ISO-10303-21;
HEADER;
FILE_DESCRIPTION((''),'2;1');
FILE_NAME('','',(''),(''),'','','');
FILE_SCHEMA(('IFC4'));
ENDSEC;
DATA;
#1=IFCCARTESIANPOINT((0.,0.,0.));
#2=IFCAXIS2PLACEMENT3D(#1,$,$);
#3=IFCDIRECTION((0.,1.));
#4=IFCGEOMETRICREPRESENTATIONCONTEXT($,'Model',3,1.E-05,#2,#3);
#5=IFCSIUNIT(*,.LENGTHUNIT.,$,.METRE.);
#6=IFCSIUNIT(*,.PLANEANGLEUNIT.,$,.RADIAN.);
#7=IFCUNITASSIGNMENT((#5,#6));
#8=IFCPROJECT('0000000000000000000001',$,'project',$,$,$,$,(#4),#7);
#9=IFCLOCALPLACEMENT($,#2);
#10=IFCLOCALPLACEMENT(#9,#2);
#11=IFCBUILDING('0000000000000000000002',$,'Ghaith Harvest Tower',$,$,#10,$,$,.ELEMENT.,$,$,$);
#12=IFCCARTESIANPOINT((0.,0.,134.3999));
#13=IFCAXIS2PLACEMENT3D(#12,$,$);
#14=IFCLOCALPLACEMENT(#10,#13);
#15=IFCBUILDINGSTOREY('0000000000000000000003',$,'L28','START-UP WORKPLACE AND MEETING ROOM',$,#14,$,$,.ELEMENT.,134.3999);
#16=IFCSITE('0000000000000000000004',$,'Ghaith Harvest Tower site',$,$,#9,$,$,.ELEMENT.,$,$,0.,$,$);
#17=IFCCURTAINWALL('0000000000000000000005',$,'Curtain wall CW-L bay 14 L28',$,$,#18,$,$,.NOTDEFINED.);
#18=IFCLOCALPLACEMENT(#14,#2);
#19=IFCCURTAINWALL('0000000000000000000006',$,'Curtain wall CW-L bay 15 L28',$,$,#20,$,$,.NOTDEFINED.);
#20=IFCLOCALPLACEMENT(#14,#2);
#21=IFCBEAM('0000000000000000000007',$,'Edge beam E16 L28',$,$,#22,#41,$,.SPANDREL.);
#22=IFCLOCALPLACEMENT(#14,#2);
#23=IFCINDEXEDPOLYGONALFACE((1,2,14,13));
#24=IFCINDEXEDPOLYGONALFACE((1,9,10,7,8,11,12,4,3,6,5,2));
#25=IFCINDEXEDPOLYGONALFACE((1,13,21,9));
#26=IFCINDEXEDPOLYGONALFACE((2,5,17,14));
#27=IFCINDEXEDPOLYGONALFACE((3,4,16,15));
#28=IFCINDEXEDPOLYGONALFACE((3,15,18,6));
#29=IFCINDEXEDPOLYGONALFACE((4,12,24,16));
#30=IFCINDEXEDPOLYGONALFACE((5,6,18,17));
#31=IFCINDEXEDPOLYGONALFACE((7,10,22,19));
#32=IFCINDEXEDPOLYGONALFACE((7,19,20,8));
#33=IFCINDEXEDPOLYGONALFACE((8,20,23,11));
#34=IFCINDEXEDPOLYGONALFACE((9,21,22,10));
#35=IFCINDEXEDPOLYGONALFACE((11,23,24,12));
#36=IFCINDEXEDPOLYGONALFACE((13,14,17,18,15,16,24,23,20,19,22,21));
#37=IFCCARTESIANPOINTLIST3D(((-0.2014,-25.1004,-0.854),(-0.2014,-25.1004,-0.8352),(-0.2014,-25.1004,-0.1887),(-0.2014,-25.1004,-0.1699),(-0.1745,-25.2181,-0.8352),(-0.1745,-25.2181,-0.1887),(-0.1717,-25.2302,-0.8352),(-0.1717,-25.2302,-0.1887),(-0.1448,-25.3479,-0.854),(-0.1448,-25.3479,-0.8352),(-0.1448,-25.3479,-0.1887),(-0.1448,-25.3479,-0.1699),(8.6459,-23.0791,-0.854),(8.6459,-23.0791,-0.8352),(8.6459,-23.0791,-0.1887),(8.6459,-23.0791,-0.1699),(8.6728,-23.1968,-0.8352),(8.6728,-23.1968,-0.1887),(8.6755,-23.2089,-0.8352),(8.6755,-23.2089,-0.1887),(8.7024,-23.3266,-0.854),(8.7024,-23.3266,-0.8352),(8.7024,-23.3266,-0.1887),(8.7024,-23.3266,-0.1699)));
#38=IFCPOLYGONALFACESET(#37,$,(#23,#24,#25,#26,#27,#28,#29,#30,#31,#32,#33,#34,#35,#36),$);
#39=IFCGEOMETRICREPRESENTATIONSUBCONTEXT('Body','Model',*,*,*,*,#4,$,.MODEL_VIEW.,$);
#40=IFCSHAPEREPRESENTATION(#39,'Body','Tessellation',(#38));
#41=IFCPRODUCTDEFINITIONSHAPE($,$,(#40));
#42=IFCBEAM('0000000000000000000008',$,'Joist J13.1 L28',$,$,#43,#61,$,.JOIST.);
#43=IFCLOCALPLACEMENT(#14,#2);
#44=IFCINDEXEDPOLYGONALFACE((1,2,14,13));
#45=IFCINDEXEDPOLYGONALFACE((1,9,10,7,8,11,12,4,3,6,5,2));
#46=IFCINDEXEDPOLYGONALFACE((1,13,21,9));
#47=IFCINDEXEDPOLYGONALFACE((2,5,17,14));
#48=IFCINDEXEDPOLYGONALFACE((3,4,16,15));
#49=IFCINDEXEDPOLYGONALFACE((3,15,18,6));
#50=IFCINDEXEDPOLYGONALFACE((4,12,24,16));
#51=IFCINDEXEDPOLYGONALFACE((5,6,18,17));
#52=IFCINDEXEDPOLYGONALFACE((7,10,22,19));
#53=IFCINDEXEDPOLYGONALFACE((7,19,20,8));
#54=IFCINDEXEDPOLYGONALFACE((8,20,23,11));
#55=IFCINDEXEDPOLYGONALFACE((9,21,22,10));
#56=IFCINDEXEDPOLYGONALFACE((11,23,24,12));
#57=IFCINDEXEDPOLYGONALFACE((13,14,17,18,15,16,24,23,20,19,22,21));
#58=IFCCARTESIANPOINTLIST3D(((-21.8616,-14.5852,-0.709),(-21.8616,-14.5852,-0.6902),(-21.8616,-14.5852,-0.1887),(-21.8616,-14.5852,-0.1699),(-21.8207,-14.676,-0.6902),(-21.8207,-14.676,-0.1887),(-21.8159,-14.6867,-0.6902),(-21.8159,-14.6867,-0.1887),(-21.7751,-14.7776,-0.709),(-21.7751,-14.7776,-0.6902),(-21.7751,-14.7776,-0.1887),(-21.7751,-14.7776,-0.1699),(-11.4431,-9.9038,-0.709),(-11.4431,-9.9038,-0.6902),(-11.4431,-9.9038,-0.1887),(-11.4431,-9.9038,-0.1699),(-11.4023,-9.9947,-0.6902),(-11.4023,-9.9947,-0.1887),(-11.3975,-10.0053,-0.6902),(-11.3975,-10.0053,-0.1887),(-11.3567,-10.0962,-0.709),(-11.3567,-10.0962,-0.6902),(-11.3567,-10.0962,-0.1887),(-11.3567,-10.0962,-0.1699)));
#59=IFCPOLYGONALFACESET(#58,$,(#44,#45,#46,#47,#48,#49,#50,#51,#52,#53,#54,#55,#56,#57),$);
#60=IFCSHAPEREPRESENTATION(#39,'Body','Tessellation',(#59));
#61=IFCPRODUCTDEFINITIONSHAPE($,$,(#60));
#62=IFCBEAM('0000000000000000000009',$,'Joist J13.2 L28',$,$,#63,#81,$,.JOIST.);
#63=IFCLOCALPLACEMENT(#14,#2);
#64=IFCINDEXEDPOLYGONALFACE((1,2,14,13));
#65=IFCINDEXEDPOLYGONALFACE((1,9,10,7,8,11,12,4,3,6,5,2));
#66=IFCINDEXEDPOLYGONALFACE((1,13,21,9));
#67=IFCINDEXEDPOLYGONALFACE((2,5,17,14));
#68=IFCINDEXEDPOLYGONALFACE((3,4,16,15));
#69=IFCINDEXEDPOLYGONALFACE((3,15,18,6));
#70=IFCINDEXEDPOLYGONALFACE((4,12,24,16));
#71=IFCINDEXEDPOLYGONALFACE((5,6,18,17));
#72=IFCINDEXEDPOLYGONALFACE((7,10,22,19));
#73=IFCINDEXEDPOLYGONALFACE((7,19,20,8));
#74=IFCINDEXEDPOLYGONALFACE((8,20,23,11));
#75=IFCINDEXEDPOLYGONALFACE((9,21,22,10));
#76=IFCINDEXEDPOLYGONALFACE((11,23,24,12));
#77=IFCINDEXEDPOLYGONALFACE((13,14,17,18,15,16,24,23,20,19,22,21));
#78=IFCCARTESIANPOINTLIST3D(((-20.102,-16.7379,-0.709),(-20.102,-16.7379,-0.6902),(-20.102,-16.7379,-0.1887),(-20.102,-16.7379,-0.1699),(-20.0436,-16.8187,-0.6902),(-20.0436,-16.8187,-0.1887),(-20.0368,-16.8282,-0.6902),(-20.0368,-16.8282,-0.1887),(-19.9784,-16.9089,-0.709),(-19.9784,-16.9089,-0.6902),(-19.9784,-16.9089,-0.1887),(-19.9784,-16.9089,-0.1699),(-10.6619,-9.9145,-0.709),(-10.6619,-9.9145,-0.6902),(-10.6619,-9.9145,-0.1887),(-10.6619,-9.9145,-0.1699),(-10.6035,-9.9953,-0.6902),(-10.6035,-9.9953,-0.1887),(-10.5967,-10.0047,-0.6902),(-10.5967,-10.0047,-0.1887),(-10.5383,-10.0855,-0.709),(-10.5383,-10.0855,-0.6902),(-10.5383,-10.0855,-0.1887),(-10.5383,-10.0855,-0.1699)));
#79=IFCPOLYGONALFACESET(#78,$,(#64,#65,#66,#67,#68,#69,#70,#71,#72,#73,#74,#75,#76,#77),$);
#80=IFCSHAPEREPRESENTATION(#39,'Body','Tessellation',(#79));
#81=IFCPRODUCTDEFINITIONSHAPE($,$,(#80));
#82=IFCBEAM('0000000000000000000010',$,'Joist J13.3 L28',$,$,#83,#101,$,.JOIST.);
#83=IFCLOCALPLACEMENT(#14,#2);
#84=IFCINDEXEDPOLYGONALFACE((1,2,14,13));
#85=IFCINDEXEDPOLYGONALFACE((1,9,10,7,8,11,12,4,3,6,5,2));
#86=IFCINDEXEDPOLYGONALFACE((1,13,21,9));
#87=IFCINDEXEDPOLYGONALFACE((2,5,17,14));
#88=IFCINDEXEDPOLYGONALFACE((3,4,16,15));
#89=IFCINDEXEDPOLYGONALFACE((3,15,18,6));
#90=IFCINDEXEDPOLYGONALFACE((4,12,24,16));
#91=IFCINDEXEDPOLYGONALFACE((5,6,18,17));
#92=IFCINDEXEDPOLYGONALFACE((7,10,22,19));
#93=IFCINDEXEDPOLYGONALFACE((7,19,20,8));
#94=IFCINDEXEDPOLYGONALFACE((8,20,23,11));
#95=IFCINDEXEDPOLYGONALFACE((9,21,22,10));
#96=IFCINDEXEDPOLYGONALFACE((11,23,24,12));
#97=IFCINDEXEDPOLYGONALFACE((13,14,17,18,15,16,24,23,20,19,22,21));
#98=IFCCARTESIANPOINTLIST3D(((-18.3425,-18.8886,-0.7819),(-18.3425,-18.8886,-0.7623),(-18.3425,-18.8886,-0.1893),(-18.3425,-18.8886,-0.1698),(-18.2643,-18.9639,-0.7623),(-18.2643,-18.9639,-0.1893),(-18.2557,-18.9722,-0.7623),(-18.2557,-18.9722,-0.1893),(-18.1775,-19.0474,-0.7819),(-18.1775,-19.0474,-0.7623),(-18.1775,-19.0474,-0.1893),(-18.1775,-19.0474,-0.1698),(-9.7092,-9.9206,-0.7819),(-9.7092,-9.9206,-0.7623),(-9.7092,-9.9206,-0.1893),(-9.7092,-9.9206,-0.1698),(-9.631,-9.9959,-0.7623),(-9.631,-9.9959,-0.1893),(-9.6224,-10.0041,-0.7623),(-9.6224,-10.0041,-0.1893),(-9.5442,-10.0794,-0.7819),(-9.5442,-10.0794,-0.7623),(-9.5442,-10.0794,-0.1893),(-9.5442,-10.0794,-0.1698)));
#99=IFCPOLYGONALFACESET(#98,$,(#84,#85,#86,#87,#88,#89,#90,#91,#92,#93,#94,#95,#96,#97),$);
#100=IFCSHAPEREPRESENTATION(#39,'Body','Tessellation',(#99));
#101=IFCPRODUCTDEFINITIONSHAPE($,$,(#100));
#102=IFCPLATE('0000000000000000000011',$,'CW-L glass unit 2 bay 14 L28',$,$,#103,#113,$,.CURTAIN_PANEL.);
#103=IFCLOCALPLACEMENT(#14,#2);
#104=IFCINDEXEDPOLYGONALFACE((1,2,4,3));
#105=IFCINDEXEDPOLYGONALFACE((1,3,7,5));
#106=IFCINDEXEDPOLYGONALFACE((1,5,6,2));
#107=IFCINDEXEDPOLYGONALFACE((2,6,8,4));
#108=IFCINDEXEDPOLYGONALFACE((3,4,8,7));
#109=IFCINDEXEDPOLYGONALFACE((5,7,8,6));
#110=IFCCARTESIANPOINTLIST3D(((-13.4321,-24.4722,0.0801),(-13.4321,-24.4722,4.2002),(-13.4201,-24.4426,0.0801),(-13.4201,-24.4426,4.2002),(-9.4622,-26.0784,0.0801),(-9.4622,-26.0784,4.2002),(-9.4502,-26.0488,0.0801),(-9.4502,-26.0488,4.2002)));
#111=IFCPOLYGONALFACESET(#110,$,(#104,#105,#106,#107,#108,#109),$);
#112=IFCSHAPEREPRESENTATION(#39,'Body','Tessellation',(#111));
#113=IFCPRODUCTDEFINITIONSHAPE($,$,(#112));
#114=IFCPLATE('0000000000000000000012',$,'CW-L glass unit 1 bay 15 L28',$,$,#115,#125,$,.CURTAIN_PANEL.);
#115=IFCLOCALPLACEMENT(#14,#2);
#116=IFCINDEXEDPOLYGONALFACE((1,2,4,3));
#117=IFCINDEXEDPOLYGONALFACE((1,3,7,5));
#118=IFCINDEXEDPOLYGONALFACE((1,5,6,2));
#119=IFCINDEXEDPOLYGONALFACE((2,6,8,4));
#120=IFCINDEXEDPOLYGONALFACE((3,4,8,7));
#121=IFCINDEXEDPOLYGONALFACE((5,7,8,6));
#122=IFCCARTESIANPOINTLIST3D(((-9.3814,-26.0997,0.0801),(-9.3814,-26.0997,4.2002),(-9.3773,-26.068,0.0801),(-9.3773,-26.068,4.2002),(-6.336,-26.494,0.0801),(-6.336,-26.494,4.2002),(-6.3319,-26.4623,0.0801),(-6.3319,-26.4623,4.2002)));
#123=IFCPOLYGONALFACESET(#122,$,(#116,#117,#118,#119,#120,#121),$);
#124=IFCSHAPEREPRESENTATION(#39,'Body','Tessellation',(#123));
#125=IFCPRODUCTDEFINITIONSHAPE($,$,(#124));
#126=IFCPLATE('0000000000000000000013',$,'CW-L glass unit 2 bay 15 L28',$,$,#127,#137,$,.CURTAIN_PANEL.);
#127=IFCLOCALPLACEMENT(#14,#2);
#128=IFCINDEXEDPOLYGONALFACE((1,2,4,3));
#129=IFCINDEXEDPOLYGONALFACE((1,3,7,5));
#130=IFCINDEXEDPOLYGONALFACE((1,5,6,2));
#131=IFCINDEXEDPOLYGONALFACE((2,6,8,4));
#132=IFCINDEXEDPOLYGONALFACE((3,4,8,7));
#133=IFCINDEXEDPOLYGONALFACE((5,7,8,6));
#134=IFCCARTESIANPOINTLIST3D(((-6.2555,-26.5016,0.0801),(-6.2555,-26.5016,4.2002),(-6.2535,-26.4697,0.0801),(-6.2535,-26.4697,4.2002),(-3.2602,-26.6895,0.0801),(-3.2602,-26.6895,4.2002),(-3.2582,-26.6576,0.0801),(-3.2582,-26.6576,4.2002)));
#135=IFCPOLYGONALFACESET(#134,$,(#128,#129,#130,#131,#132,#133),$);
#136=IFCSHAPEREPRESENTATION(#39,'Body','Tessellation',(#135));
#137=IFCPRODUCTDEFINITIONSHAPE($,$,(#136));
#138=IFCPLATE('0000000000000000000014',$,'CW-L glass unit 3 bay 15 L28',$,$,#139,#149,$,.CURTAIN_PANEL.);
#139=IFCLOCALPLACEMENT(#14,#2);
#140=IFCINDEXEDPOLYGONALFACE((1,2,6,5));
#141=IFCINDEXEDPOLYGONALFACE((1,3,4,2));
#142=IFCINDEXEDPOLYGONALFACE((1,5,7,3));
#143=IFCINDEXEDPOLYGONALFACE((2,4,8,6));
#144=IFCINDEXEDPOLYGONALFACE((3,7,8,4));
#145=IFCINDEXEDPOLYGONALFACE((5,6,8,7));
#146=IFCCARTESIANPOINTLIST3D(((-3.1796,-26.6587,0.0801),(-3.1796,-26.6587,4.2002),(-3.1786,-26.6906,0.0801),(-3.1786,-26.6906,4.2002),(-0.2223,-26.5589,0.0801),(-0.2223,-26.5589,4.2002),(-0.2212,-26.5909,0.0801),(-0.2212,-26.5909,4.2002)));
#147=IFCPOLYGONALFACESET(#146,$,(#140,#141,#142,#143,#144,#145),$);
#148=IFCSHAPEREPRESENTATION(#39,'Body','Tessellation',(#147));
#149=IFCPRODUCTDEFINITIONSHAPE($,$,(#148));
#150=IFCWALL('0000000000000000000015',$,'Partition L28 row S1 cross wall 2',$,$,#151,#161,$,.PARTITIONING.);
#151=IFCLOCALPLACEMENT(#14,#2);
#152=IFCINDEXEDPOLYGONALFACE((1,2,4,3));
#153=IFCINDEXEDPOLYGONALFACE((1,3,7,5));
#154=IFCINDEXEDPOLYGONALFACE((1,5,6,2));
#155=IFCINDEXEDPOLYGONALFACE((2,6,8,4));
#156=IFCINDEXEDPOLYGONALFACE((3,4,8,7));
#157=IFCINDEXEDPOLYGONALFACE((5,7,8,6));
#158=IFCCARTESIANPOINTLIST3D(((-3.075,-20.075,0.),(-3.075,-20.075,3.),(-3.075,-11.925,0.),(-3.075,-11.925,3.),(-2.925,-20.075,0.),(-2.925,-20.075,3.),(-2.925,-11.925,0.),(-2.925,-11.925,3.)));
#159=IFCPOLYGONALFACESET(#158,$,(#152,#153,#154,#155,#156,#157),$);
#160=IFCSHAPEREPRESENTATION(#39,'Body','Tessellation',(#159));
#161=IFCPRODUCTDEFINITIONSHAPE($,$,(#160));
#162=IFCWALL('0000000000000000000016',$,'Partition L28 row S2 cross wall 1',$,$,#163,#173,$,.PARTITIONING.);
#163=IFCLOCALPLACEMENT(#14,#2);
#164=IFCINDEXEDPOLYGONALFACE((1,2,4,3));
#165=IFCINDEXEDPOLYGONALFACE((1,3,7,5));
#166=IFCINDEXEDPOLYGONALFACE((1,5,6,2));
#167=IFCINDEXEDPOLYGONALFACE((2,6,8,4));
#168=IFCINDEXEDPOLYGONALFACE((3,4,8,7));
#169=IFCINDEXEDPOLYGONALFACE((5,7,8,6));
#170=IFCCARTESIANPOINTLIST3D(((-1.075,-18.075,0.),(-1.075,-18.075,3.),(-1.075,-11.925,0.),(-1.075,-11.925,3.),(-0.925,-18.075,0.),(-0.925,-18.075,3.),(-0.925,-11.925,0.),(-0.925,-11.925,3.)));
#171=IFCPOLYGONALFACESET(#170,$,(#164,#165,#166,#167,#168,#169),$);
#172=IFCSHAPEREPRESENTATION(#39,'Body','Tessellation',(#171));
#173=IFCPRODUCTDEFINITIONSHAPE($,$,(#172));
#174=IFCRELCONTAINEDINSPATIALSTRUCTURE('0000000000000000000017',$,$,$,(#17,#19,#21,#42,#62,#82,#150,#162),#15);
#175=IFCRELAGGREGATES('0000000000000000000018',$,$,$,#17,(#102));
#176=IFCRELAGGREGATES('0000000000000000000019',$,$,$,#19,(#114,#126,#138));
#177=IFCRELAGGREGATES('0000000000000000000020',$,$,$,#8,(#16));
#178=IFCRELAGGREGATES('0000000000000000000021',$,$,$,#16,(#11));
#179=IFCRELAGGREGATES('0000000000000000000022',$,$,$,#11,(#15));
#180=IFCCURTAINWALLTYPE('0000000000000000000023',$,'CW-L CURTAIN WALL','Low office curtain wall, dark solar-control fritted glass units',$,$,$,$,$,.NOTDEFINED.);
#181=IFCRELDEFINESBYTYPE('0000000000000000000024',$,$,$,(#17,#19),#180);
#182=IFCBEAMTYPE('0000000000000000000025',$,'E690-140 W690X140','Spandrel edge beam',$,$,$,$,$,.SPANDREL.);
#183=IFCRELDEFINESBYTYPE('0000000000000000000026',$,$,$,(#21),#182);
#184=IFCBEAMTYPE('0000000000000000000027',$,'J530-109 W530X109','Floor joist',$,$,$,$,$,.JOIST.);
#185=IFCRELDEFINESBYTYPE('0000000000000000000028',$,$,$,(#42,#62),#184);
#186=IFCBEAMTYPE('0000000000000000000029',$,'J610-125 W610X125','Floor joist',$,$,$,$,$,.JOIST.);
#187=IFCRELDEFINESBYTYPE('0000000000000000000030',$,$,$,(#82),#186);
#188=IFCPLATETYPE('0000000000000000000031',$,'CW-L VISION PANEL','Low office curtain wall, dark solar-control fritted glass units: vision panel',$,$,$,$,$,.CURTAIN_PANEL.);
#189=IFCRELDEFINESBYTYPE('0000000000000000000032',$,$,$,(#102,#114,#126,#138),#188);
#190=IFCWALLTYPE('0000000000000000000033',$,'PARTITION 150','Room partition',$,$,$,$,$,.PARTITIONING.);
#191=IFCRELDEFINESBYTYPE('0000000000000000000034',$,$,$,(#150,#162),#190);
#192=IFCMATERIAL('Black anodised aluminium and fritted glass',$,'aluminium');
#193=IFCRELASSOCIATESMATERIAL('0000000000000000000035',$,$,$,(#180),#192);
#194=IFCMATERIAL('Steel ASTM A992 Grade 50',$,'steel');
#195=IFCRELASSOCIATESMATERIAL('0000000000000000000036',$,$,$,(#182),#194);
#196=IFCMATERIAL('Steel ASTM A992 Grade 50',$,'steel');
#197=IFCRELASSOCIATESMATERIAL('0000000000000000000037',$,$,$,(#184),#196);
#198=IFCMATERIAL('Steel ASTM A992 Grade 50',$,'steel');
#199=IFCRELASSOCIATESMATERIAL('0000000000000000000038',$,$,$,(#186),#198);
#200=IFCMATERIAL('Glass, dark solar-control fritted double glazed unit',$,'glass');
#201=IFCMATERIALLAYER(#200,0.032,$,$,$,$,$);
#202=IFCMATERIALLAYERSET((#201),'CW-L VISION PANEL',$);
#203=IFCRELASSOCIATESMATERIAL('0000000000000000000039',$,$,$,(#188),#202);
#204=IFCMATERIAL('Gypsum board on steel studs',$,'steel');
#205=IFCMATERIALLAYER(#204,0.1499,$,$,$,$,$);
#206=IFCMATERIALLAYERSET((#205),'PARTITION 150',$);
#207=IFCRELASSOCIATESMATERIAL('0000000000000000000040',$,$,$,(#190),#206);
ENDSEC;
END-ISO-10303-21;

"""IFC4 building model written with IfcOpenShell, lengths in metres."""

from ifc_helpers import new_model, si_unit, direction, frame, frame_2d, origin, origin_2d, place, context, subcontext, project, spatial, rectangle, i_section, extrude, material, layer, layer_set, material_profile, profile_set, type_object, element, aggregate, save


model = new_model("IFC4")

# Units and contexts
model_context = context("Model", 3, precision=1e-05, world=origin(), true_north=direction((0.0, 1.0)))
body_context = subcontext(model_context, "Body", "Model", "MODEL_VIEW")
ifc_project = project(units=[si_unit("LENGTHUNIT", "METRE"), si_unit("PLANEANGLEUNIT", "RADIAN")], contexts=[model_context])

# Site, building, storey
site_placement = place(None, origin())
site = spatial("IfcSite", under=ifc_project, at=site_placement, Name="Ghaith Harvest Tower site", CompositionType="ELEMENT", RefElevation=0.0)
building_placement = place(site_placement, origin())
building = spatial("IfcBuilding", under=site, at=building_placement, Name="Ghaith Harvest Tower", CompositionType="ELEMENT")
storey_placement = place(building_placement, frame((0.0, 0.0, 134.3999)))
storey = spatial("IfcBuildingStorey", under=building, at=storey_placement, Name="L28", Description="START-UP WORKPLACE AND MEETING ROOM", CompositionType="ELEMENT", Elevation=134.3999)

# Curtain wall
ifc_material_1 = material(Name="Black anodised aluminium and fritted glass", Category="aluminium")
curtain_wall_type = type_object("IfcCurtainWallType", Name="CW-L CURTAIN WALL", Description="Low office curtain wall, dark solar-control fritted glass units", PredefinedType="NOTDEFINED", material=ifc_material_1)
curtain_wall_1_placement = place(storey_placement, origin())
curtain_wall_1 = element("IfcCurtainWall", 1, at=curtain_wall_1_placement, inside=storey, type_object=curtain_wall_type, Name="Curtain wall CW-L bay 14 L28", PredefinedType="NOTDEFINED")

# Curtain wall
curtain_wall_2_placement = place(storey_placement, origin())
curtain_wall_2 = element("IfcCurtainWall", 2, at=curtain_wall_2_placement, inside=storey, type_object=curtain_wall_type, Name="Curtain wall CW-L bay 15 L28", PredefinedType="NOTDEFINED")

# Beams
ifc_material_2 = material(Name="Steel ASTM A992 Grade 50", Category="steel")
ifc_material_profile_1 = material_profile(ifc_material_2, i_section(OverallWidth=0.2539, OverallDepth=0.6841, WebThickness=0.0125, FlangeThickness=0.0188, at=origin_2d()), Name="W690X140")
ifc_profile_set_1 = profile_set([ifc_material_profile_1], Name="Steel ASTM A992 Grade 50")
beam_type_1 = type_object("IfcBeamType", Name="E690-140 W690X140", Description="Spandrel edge beam", PredefinedType="SPANDREL", material=ifc_profile_set_1)
beam_1_placement = place(storey_placement, frame((-0.1731, -25.2241, -0.512), z_axis=(0.974882, 0.222723, 0.0), x_axis=(-0.222723, 0.974882, 0.0)))
element("IfcBeam", 3, at=beam_1_placement, inside=storey, type_object=beam_type_1, Name="Edge beam E16 L28", PredefinedType="SPANDREL", context=body_context, shape_type="SweptSolid", body=[
    extrude(i_section(OverallWidth=0.2539, OverallDepth=0.6841, WebThickness=0.0125, FlangeThickness=0.0188, at=origin_2d()), origin(), (0.0, 0.0, 1.0), 9.0752),
])
ifc_material_3 = material(Name="Steel ASTM A992 Grade 50", Category="steel")
ifc_material_profile_2 = material_profile(ifc_material_3, i_section(OverallWidth=0.2109, OverallDepth=0.5391, WebThickness=0.0117, FlangeThickness=0.0188, at=origin_2d()), Name="W530X109")
ifc_profile_set_2 = profile_set([ifc_material_profile_2], Name="Steel ASTM A992 Grade 50")
beam_type_2 = type_object("IfcBeamType", Name="J530-109 W530X109", Description="Floor joist", PredefinedType="JOIST", material=ifc_profile_set_2)
beam_2_placement = place(storey_placement, frame((-11.3999, -10.0, -0.4395), z_axis=(-0.912148, -0.409862, 0.0), x_axis=(0.409862, -0.912148, 0.0)))
element("IfcBeam", 4, at=beam_2_placement, inside=storey, type_object=beam_type_2, Name="Joist J13.1 L28", PredefinedType="JOIST", context=body_context, shape_type="SweptSolid", body=[
    extrude(i_section(OverallWidth=0.2109, OverallDepth=0.5391, WebThickness=0.0117, FlangeThickness=0.0188, at=origin_2d()), origin(), (0.0, 0.0, 1.0), 11.4219),
])
beam_3_placement = place(storey_placement, frame((-10.6001, -10.0, -0.4395), z_axis=(-0.810452, -0.585805, 0.0), x_axis=(0.585805, -0.810452, 0.0)))
element("IfcBeam", 5, at=beam_3_placement, inside=storey, type_object=beam_type_2, Name="Joist J13.2 L28", PredefinedType="JOIST", context=body_context, shape_type="SweptSolid", body=[
    extrude(i_section(OverallWidth=0.2109, OverallDepth=0.5391, WebThickness=0.0117, FlangeThickness=0.0188, at=origin_2d()), origin(), (0.0, 0.0, 1.0), 11.6479),
])
ifc_material_4 = material(Name="Steel ASTM A992 Grade 50", Category="steel")
ifc_material_profile_3 = material_profile(ifc_material_4, i_section(OverallWidth=0.229, OverallDepth=0.6121, WebThickness=0.012, FlangeThickness=0.0195, at=origin_2d()), Name="W610X125")
ifc_profile_set_3 = profile_set([ifc_material_profile_3], Name="Steel ASTM A992 Grade 50")
beam_type_3 = type_object("IfcBeamType", Name="J610-125 W610X125", Description="Floor joist", PredefinedType="JOIST", material=ifc_profile_set_3)
beam_4_placement = place(storey_placement, frame((-9.6267, -10.0, -0.4758), z_axis=(-0.693535, -0.720423, 0.0), x_axis=(0.720423, -0.693535, 0.0)))
element("IfcBeam", 6, at=beam_4_placement, inside=storey, type_object=beam_type_3, Name="Joist J13.3 L28", PredefinedType="JOIST", context=body_context, shape_type="SweptSolid", body=[
    extrude(i_section(OverallWidth=0.229, OverallDepth=0.6121, WebThickness=0.012, FlangeThickness=0.0195, at=origin_2d()), origin(), (0.0, 0.0, 1.0), 12.4482),
])

# Plates
ifc_material_5 = material(Name="Glass, dark solar-control fritted double glazed unit", Category="glass")
ifc_layer_1 = layer(ifc_material_5, 0.032)
ifc_layer_set_1 = layer_set([ifc_layer_1], Name="CW-L VISION PANEL")
plate_type = type_object("IfcPlateType", Name="CW-L VISION PANEL", Description="Low office curtain wall, dark solar-control fritted glass units: vision panel", PredefinedType="CURTAIN_PANEL", material=ifc_layer_set_1)
plate_1_placement = place(storey_placement, frame((-11.4412, -25.2605, 0.0801), z_axis=(0.0, 0.0, 1.0), x_axis=(0.927003, -0.375055, 0.0)))
plate_1 = element("IfcPlate", 7, at=plate_1_placement, type_object=plate_type, Name="CW-L glass unit 2 bay 14 L28", PredefinedType="CURTAIN_PANEL", context=body_context, shape_type="SweptSolid", body=[
    extrude(rectangle(XDim=4.2825, YDim=0.032, at=origin_2d()), origin(), (0.0, 0.0, 1.0), 4.1201),
])
aggregate(curtain_wall_1, [plate_1])
plate_2_placement = place(storey_placement, frame((-7.8567, -26.281, 0.0801), z_axis=(0.0, 0.0, 1.0), x_axis=(0.991723, -0.128392, 0.0)))
plate_2 = element("IfcPlate", 8, at=plate_2_placement, type_object=plate_type, Name="CW-L glass unit 1 bay 15 L28", PredefinedType="CURTAIN_PANEL", context=body_context, shape_type="SweptSolid", body=[
    extrude(rectangle(XDim=3.0708, YDim=0.032, at=origin_2d()), origin(), (0.0, 0.0, 1.0), 4.1201),
])
plate_3_placement = place(storey_placement, frame((-4.7568, -26.5796, 0.0801), z_axis=(0.0, 0.0, 1.0), x_axis=(0.998038, -0.062607, 0.0)))
plate_3 = element("IfcPlate", 9, at=plate_3_placement, type_object=plate_type, Name="CW-L glass unit 2 bay 15 L28", PredefinedType="CURTAIN_PANEL", context=body_context, shape_type="SweptSolid", body=[
    extrude(rectangle(XDim=3.0012, YDim=0.032, at=origin_2d()), origin(), (0.0, 0.0, 1.0), 4.1201),
])
plate_4_placement = place(storey_placement, frame((-1.7004, -26.6248, 0.0801), z_axis=(0.0, 0.0, 1.0), x_axis=(0.999432, 0.033714, 0.0)))
plate_4 = element("IfcPlate", 10, at=plate_4_placement, type_object=plate_type, Name="CW-L glass unit 3 bay 15 L28", PredefinedType="CURTAIN_PANEL", context=body_context, shape_type="SweptSolid", body=[
    extrude(rectangle(XDim=2.959, YDim=0.032, at=origin_2d()), origin(), (0.0, 0.0, 1.0), 4.1201),
])
aggregate(curtain_wall_2, [plate_2, plate_3, plate_4])

# Walls
ifc_material_6 = material(Name="Gypsum board on steel studs", Category="steel")
ifc_layer_2 = layer(ifc_material_6, 0.1499)
ifc_layer_set_2 = layer_set([ifc_layer_2], Name="PARTITION 150")
wall_type = type_object("IfcWallType", Name="PARTITION 150", Description="Room partition", PredefinedType="PARTITIONING", material=ifc_layer_set_2)
wall_1_placement = place(storey_placement, frame((-3.0, -11.925, 0.0), z_axis=(0.0, 0.0, 1.0), x_axis=(0.0, -1.0, 0.0)))
element("IfcWall", 11, at=wall_1_placement, inside=storey, type_object=wall_type, Name="Partition L28 row S1 cross wall 2", PredefinedType="PARTITIONING", context=body_context, shape_type="SweptSolid", body=[
    extrude(rectangle(XDim=8.1499, YDim=0.1499, at=frame_2d((4.075, 0.0))), origin(), (0.0, 0.0, 1.0), 3.0),
])
wall_2_placement = place(storey_placement, frame((-1.0, -11.925, 0.0), z_axis=(0.0, 0.0, 1.0), x_axis=(0.0, -1.0, 0.0)))
element("IfcWall", 12, at=wall_2_placement, inside=storey, type_object=wall_type, Name="Partition L28 row S2 cross wall 1", PredefinedType="PARTITIONING", context=body_context, shape_type="SweptSolid", body=[
    extrude(rectangle(XDim=6.1499, YDim=0.1499, at=frame_2d((3.075, 0.0))), origin(), (0.0, 0.0, 1.0), 3.0),
])

save(model, "model.ifc")
